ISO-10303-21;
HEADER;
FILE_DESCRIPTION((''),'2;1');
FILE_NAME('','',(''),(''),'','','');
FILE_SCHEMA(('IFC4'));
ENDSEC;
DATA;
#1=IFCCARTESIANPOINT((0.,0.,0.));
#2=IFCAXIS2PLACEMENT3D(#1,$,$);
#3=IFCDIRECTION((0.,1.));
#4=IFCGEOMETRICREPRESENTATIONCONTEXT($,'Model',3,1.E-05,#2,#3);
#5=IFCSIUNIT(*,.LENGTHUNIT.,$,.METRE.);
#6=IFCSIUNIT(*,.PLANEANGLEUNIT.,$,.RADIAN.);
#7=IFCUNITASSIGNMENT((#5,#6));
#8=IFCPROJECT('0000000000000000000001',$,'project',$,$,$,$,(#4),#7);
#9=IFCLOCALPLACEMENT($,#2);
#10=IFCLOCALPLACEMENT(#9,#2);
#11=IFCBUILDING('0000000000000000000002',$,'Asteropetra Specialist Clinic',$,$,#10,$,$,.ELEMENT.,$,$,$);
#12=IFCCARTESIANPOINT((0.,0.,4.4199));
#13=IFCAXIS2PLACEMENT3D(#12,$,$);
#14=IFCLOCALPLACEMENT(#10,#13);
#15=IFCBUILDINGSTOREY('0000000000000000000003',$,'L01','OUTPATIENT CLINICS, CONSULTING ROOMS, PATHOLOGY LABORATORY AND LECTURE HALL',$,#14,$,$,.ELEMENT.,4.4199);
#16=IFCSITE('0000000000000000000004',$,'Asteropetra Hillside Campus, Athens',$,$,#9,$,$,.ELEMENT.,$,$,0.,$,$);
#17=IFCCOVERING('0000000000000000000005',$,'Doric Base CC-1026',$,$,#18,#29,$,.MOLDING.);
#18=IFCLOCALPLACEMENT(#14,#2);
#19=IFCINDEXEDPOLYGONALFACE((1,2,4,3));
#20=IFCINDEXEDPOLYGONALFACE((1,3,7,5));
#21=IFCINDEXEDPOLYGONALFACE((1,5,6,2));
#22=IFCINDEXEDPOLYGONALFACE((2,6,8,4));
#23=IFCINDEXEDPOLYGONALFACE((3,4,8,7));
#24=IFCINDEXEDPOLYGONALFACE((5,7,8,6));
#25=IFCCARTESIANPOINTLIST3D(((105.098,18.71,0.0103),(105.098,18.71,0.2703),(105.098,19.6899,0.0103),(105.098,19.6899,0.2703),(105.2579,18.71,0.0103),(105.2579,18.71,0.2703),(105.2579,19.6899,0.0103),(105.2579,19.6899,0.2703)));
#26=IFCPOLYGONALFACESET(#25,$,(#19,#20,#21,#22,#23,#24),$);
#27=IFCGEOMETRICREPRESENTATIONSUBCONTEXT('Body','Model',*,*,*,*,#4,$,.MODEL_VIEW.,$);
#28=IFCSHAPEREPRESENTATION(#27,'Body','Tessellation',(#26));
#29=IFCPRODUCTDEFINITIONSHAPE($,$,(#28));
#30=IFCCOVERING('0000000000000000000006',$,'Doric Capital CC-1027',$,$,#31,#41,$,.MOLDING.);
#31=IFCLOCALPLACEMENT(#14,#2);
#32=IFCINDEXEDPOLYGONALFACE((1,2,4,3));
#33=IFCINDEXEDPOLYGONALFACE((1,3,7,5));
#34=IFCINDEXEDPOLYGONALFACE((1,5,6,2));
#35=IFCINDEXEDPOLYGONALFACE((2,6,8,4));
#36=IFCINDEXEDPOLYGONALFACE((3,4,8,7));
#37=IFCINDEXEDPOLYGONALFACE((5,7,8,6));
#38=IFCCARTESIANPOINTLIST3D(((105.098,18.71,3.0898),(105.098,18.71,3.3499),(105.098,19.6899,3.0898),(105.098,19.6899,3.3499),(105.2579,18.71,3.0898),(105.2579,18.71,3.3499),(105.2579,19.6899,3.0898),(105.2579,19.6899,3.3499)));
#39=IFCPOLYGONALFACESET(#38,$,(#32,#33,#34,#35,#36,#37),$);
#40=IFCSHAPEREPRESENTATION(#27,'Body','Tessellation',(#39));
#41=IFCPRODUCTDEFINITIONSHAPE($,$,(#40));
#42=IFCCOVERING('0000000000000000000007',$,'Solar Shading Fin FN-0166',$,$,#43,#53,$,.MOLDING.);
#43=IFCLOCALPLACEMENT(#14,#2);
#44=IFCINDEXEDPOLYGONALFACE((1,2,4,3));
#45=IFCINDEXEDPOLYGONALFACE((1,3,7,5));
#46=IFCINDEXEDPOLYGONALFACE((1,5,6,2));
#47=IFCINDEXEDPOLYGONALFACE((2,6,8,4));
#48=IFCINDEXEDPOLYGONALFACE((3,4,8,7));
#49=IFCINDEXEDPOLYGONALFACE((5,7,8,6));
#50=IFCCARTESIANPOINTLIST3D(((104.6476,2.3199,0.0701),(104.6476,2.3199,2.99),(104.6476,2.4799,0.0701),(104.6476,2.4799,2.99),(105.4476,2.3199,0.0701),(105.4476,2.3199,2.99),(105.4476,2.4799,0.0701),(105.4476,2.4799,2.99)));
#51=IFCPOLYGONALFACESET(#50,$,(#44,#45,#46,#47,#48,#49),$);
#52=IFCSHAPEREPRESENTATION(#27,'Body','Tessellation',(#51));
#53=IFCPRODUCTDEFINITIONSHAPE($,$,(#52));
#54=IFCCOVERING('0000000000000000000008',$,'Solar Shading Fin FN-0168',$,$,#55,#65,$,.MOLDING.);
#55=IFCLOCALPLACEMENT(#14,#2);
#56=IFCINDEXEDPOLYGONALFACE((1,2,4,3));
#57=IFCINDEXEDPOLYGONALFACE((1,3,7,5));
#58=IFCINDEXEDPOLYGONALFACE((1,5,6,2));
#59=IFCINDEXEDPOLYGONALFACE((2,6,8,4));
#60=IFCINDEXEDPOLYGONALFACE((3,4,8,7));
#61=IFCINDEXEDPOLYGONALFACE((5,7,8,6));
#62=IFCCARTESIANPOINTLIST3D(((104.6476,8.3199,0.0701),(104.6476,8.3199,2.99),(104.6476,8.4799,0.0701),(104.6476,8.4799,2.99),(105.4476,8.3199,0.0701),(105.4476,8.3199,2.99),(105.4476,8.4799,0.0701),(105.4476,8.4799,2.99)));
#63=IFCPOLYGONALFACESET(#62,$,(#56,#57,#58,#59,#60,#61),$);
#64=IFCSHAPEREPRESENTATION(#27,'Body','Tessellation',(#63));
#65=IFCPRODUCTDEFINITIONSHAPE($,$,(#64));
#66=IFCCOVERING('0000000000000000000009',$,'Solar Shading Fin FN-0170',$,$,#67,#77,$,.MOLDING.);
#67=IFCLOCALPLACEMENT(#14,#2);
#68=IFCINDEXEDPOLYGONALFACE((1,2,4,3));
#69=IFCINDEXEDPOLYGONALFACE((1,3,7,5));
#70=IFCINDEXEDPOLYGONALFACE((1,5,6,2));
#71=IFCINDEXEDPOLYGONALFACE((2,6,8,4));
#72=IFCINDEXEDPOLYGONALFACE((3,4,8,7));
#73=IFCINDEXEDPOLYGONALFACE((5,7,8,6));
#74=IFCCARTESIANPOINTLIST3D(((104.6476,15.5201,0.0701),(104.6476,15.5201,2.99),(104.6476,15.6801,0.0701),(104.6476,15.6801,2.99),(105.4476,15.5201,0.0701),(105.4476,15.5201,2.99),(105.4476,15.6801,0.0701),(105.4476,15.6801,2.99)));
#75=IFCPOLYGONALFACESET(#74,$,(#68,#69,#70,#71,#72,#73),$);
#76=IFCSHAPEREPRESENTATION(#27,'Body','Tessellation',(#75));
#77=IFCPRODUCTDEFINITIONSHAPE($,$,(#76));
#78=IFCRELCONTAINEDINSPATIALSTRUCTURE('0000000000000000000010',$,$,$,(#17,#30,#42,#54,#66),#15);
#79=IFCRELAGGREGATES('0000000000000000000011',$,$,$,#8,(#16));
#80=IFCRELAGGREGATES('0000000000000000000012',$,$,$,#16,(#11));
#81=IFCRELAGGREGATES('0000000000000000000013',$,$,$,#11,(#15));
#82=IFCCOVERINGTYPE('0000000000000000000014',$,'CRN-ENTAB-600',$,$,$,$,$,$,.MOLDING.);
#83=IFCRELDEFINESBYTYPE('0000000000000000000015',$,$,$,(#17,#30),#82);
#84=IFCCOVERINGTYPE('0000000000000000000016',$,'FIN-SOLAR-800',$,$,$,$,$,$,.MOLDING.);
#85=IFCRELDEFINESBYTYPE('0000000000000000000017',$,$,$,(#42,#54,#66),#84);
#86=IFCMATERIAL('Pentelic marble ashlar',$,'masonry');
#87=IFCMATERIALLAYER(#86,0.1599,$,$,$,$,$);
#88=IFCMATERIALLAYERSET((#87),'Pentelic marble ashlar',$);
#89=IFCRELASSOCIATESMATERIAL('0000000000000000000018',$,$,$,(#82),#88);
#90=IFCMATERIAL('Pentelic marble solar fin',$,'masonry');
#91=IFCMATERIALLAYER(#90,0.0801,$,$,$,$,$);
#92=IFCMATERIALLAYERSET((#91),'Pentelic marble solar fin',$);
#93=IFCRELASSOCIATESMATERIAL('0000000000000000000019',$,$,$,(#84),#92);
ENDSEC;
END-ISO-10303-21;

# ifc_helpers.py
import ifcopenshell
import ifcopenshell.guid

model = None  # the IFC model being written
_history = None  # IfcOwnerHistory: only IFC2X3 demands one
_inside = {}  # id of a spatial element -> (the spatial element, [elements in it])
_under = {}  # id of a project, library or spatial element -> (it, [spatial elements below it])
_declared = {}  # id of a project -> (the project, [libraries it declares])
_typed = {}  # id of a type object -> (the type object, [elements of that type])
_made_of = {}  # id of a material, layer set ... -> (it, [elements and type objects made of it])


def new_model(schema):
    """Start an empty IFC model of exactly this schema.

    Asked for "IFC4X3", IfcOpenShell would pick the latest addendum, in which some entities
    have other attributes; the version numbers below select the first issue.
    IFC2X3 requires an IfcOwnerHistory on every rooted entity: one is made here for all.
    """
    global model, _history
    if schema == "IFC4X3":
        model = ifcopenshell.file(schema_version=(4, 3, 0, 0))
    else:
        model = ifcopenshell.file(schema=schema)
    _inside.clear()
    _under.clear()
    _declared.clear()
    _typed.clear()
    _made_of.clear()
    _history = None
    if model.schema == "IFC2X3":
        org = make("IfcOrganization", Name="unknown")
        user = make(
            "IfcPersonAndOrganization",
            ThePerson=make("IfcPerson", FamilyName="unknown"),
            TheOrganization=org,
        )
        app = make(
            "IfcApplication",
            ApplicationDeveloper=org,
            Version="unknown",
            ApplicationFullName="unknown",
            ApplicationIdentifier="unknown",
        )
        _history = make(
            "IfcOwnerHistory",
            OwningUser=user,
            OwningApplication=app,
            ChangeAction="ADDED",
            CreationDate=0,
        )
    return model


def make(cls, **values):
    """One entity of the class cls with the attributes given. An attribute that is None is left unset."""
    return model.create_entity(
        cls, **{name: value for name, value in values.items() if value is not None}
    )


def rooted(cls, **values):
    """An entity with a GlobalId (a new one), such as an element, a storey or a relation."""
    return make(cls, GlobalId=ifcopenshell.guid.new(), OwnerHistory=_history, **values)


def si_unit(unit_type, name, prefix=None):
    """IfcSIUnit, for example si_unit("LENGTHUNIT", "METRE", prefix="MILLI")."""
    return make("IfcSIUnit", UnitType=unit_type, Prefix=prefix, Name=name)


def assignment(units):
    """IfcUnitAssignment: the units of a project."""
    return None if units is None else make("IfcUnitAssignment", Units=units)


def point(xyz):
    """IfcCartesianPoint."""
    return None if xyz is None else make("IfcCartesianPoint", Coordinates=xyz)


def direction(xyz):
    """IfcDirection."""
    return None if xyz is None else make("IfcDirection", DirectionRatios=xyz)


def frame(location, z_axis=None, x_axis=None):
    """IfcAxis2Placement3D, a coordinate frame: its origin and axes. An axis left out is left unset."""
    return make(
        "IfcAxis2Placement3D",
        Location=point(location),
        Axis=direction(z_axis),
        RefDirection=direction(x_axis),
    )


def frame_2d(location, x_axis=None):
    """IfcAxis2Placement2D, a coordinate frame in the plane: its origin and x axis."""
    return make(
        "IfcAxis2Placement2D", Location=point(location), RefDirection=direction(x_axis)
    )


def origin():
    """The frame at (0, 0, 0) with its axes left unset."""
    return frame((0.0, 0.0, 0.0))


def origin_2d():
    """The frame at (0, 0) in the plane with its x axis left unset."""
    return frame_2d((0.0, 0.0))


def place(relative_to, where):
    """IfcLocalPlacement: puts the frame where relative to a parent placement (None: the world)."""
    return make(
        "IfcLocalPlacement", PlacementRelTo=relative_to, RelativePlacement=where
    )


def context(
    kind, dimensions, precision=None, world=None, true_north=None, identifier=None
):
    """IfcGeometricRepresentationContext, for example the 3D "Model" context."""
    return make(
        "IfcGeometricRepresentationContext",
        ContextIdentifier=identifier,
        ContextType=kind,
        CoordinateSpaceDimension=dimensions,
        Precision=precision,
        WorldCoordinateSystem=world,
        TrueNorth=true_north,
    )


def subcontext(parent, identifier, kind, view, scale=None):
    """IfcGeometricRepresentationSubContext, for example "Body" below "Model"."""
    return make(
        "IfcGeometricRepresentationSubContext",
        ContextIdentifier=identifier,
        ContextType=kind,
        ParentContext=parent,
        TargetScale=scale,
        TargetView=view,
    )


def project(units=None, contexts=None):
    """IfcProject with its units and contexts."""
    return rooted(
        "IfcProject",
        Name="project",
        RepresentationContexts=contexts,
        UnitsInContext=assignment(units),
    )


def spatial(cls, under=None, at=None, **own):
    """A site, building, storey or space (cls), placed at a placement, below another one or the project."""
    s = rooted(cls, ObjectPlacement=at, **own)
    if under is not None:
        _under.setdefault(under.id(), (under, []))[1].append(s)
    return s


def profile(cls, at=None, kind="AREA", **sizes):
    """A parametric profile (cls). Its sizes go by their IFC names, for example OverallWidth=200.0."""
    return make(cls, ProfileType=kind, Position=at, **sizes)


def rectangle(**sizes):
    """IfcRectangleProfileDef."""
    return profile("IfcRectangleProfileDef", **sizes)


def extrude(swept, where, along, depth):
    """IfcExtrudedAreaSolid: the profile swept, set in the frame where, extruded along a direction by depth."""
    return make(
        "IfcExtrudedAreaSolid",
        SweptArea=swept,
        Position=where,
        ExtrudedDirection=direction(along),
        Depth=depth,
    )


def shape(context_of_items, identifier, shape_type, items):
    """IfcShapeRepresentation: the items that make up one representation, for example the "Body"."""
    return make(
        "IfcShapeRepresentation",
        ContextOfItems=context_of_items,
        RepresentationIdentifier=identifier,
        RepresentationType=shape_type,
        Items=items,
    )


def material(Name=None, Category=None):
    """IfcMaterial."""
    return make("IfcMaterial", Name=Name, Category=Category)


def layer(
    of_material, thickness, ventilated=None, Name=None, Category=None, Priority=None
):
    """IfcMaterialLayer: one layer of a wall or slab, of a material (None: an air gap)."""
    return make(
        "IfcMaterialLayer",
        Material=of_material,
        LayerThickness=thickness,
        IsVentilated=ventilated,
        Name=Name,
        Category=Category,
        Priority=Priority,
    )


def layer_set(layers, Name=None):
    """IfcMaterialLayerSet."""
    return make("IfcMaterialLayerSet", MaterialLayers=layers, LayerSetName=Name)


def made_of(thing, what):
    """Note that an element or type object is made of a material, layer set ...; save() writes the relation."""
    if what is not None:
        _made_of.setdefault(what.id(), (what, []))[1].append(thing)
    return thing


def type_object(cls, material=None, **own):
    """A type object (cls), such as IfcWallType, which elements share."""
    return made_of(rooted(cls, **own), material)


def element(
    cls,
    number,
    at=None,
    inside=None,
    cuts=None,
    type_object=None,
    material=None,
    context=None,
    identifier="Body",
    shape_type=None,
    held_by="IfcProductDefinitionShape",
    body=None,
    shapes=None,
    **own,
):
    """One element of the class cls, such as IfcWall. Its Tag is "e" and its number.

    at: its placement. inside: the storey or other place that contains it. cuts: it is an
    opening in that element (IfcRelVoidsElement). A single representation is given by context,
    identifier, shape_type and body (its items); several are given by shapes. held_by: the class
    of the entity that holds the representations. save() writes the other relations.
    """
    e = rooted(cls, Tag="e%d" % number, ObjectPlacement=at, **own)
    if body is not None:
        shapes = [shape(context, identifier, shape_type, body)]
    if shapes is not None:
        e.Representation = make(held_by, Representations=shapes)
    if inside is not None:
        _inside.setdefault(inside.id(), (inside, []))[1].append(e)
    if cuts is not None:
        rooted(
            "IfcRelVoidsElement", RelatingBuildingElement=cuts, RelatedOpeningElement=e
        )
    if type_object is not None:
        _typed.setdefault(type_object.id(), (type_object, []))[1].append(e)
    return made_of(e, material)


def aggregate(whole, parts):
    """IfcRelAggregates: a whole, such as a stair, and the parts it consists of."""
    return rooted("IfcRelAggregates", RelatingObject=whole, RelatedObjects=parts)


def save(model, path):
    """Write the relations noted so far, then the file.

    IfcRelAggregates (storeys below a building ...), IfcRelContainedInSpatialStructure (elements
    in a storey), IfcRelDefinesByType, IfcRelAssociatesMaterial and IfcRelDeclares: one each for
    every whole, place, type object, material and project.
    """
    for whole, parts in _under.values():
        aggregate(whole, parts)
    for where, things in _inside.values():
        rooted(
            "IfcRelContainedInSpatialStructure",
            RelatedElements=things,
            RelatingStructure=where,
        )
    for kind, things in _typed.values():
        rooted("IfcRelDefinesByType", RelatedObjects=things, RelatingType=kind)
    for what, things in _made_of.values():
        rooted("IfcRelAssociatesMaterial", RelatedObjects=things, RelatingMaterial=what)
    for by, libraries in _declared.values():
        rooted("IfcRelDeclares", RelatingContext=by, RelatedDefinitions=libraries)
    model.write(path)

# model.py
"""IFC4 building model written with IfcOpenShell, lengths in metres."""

from ifc_helpers import new_model, si_unit, direction, frame, origin, origin_2d, place, context, subcontext, project, spatial, rectangle, extrude, material, layer, layer_set, type_object, element, save


model = new_model("IFC4")

# Units and contexts
model_context = context("Model", 3, precision=1e-05, world=origin(), true_north=direction((0.0, 1.0)))
body_context = subcontext(model_context, "Body", "Model", "MODEL_VIEW")
ifc_project = project(units=[si_unit("LENGTHUNIT", "METRE"), si_unit("PLANEANGLEUNIT", "RADIAN")], contexts=[model_context])

# Site, building, storey
site_placement = place(None, origin())
site = spatial("IfcSite", under=ifc_project, at=site_placement, Name="Asteropetra Hillside Campus, Athens", CompositionType="ELEMENT", RefElevation=0.0)
building_placement = place(site_placement, origin())
building = spatial("IfcBuilding", under=site, at=building_placement, Name="Asteropetra Specialist Clinic", CompositionType="ELEMENT")
storey_placement = place(building_placement, frame((0.0, 0.0, 4.4199)))
storey = spatial("IfcBuildingStorey", under=building, at=storey_placement, Name="L01", Description="OUTPATIENT CLINICS, CONSULTING ROOMS, PATHOLOGY LABORATORY AND LECTURE HALL", CompositionType="ELEMENT", Elevation=4.4199)

# Coverings
ifc_material_1 = material(Name="Pentelic marble ashlar", Category="masonry")
ifc_layer_1 = layer(ifc_material_1, 0.1599)
ifc_layer_set_1 = layer_set([ifc_layer_1], Name="Pentelic marble ashlar")
covering_type_1 = type_object("IfcCoveringType", Name="CRN-ENTAB-600", PredefinedType="MOLDING", material=ifc_layer_set_1)
for number, where, z_axis, x_axis, name in (
    (1, (105.178, 19.2, 0.0103), (0.0, 0.0, 1.0), (1.0, 0.0, 0.0), "Doric Base CC-1026"),
    (2, (105.178, 19.2, 3.0898), (0.0, 0.0, 1.0), (1.0, 0.0, 0.0), "Doric Capital CC-1027"),
):
    element("IfcCovering", number, at=place(storey_placement, frame(where, z_axis=z_axis, x_axis=x_axis)), inside=storey, type_object=covering_type_1, Name=name, PredefinedType="MOLDING", context=body_context, shape_type="SweptSolid", body=[
        extrude(rectangle(XDim=0.1599, YDim=0.98, at=origin_2d()), origin(), (0.0, 0.0, 1.0), 0.26),
    ])
ifc_material_2 = material(Name="Pentelic marble solar fin", Category="masonry")
ifc_layer_2 = layer(ifc_material_2, 0.0801)
ifc_layer_set_2 = layer_set([ifc_layer_2], Name="Pentelic marble solar fin")
covering_type_2 = type_object("IfcCoveringType", Name="FIN-SOLAR-800", PredefinedType="MOLDING", material=ifc_layer_set_2)
for number, where, z_axis, x_axis, name in (
    (3, (105.0476, 2.3999, 0.0701), (0.0, 0.0, 1.0), (1.0, 0.0, 0.0), "Solar Shading Fin FN-0166"),
    (4, (105.0476, 8.3999, 0.0701), (0.0, 0.0, 1.0), (1.0, 0.0, 0.0), "Solar Shading Fin FN-0168"),
    (5, (105.0476, 15.6001, 0.0701), (0.0, 0.0, 1.0), (1.0, 0.0, 0.0), "Solar Shading Fin FN-0170"),
):
    element("IfcCovering", number, at=place(storey_placement, frame(where, z_axis=z_axis, x_axis=x_axis)), inside=storey, type_object=covering_type_2, Name=name, PredefinedType="MOLDING", context=body_context, shape_type="SweptSolid", body=[
        extrude(rectangle(XDim=0.8, YDim=0.1599, at=origin_2d()), origin(), (0.0, 0.0, 1.0), 2.9199),
    ])

save(model, "model.ifc")
